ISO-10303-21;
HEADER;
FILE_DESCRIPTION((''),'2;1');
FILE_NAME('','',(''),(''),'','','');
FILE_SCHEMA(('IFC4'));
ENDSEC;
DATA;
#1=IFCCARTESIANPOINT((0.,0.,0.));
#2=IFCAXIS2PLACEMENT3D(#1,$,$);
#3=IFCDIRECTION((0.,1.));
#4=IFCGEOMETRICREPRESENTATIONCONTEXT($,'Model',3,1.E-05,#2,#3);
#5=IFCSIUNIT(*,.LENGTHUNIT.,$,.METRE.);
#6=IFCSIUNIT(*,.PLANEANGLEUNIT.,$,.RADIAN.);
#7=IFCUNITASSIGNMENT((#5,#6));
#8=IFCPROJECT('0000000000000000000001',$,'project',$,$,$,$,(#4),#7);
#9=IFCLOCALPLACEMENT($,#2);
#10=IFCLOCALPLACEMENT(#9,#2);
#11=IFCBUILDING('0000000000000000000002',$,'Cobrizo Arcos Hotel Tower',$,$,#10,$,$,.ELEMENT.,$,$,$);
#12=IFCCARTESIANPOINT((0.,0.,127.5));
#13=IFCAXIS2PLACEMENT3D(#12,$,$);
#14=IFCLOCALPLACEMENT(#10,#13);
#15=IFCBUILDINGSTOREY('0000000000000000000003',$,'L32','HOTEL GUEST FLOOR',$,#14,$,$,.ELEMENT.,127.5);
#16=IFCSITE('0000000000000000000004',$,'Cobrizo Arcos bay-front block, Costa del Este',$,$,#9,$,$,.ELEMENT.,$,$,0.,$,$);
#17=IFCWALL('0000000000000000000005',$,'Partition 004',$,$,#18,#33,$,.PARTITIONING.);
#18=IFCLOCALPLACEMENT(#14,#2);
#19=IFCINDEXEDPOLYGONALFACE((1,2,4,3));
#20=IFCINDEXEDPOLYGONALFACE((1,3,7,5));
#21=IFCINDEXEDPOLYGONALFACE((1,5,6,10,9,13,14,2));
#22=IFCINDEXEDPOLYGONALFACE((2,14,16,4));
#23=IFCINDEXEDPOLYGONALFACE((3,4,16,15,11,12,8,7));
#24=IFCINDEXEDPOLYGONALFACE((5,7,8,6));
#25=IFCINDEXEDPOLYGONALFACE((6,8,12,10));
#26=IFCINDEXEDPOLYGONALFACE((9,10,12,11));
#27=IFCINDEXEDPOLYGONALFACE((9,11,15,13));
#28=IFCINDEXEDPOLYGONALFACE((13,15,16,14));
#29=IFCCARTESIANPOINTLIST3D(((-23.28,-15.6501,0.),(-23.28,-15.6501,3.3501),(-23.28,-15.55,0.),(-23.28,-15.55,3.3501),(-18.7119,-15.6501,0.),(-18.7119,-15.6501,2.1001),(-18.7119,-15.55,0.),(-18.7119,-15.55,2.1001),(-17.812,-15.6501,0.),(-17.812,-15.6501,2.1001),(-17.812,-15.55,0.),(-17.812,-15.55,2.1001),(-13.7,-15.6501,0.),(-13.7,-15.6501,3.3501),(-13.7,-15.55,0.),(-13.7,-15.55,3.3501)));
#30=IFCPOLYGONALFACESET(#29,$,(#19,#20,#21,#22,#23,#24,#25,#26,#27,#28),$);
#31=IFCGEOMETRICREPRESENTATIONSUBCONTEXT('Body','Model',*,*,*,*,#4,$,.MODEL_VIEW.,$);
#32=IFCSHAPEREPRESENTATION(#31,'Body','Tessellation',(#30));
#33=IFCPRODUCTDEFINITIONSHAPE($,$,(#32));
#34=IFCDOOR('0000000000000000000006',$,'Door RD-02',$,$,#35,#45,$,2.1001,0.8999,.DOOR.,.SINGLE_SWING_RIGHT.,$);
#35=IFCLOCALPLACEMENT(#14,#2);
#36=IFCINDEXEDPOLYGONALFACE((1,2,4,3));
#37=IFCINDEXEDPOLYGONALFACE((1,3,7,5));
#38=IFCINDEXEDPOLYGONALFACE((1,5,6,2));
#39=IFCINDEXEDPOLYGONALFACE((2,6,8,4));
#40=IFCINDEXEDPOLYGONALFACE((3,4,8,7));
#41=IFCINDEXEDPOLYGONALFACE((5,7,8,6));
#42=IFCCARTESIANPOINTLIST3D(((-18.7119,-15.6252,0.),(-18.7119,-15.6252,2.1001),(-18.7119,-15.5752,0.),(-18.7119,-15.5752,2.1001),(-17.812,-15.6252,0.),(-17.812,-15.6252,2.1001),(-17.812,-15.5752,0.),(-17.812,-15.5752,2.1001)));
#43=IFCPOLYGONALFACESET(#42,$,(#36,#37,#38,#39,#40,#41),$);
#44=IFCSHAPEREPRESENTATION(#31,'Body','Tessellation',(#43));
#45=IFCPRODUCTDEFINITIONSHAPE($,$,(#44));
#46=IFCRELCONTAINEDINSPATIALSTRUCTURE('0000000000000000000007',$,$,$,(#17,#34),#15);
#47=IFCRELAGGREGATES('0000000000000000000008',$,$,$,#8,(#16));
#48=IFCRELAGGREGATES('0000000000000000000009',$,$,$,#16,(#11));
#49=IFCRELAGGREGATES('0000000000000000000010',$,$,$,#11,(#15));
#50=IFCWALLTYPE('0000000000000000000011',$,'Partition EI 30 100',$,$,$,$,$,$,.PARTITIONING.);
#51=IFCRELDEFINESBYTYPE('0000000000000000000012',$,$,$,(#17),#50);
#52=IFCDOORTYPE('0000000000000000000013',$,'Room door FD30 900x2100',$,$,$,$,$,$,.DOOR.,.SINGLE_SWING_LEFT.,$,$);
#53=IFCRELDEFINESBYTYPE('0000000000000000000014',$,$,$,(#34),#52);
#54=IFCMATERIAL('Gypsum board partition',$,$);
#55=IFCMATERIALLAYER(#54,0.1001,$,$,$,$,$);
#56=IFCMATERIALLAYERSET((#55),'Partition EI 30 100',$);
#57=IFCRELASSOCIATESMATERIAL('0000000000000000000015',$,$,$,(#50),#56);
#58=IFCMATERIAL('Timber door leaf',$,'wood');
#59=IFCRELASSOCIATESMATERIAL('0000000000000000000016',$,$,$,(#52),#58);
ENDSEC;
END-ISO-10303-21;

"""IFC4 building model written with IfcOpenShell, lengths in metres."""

from ifc_helpers import new_model, si_unit, direction, frame, frame_2d, origin, place, context, subcontext, project, spatial, rectangle, extrude, material, layer, layer_set, type_object, element, fill, save


model = new_model("IFC4")

# Units and contexts
model_context = context("Model", 3, precision=1e-05, world=origin(), true_north=direction((0.0, 1.0)))
body_context = subcontext(model_context, "Body", "Model", "MODEL_VIEW")
ifc_project = project(units=[si_unit("LENGTHUNIT", "METRE"), si_unit("PLANEANGLEUNIT", "RADIAN")], contexts=[model_context])

# Site, building, storey
site_placement = place(None, origin())
site = spatial("IfcSite", under=ifc_project, at=site_placement, Name="Cobrizo Arcos bay-front block, Costa del Este", CompositionType="ELEMENT", RefElevation=0.0)
building_placement = place(site_placement, origin())
building = spatial("IfcBuilding", under=site, at=building_placement, Name="Cobrizo Arcos Hotel Tower", CompositionType="ELEMENT")
storey_placement = place(building_placement, frame((0.0, 0.0, 127.5)))
storey = spatial("IfcBuildingStorey", under=building, at=storey_placement, Name="L32", Description="HOTEL GUEST FLOOR", CompositionType="ELEMENT", Elevation=127.5)

# Wall, opening, door
ifc_material_1 = material(Name="Gypsum board partition")
ifc_layer_1 = layer(ifc_material_1, 0.1001)
ifc_layer_set_1 = layer_set([ifc_layer_1], Name="Partition EI 30 100")
wall_type = type_object("IfcWallType", Name="Partition EI 30 100", PredefinedType="PARTITIONING", material=ifc_layer_set_1)
wall_placement = place(storey_placement, frame((-23.28, -15.6001, 0.0), z_axis=(0.0, 0.0, 1.0), x_axis=(1.0, 0.0, 0.0)))
wall = element("IfcWall", 1, at=wall_placement, inside=storey, type_object=wall_type, Name="Partition 004", PredefinedType="PARTITIONING", context=body_context, shape_type="SweptSolid", body=[
    extrude(rectangle(XDim=9.5801, YDim=0.1001, at=frame_2d((4.79, 0.0))), origin(), (0.0, 0.0, 1.0), 3.3501),
])
opening_placement = place(wall_placement, frame((4.5681, 0.0, 0.0)))
opening = element("IfcOpeningElement", 2, at=opening_placement, cuts=wall, PredefinedType="OPENING", context=body_context, shape_type="SweptSolid", body=[
    extrude(rectangle(XDim=0.8999, YDim=2.1001, at=frame_2d((0.45, 1.05))), frame((0.0, 0.062, 0.0), z_axis=(0.0, -1.0, 0.0), x_axis=(1.0, 0.0, 0.0)), (0.0, 0.0, 1.0), 0.124),
])
ifc_material_2 = material(Name="Timber door leaf", Category="wood")
door_type = type_object("IfcDoorType", Name="Room door FD30 900x2100", OperationType="SINGLE_SWING_LEFT", PredefinedType="DOOR", material=ifc_material_2)
door_placement = place(opening_placement, origin())
door = element("IfcDoor", 3, at=door_placement, inside=storey, type_object=door_type, Name="Door RD-02", OperationType="SINGLE_SWING_RIGHT", OverallHeight=2.1001, OverallWidth=0.8999, PredefinedType="DOOR", context=body_context, shape_type="SweptSolid", body=[
    extrude(rectangle(XDim=0.8999, YDim=2.1001, at=frame_2d((0.45, 1.05))), frame((0.0, 0.0249, 0.0), z_axis=(0.0, -1.0, 0.0), x_axis=(1.0, 0.0, 0.0)), (0.0, 0.0, 1.0), 0.05),
])
fill(opening, door)

save(model, "model.ifc")
